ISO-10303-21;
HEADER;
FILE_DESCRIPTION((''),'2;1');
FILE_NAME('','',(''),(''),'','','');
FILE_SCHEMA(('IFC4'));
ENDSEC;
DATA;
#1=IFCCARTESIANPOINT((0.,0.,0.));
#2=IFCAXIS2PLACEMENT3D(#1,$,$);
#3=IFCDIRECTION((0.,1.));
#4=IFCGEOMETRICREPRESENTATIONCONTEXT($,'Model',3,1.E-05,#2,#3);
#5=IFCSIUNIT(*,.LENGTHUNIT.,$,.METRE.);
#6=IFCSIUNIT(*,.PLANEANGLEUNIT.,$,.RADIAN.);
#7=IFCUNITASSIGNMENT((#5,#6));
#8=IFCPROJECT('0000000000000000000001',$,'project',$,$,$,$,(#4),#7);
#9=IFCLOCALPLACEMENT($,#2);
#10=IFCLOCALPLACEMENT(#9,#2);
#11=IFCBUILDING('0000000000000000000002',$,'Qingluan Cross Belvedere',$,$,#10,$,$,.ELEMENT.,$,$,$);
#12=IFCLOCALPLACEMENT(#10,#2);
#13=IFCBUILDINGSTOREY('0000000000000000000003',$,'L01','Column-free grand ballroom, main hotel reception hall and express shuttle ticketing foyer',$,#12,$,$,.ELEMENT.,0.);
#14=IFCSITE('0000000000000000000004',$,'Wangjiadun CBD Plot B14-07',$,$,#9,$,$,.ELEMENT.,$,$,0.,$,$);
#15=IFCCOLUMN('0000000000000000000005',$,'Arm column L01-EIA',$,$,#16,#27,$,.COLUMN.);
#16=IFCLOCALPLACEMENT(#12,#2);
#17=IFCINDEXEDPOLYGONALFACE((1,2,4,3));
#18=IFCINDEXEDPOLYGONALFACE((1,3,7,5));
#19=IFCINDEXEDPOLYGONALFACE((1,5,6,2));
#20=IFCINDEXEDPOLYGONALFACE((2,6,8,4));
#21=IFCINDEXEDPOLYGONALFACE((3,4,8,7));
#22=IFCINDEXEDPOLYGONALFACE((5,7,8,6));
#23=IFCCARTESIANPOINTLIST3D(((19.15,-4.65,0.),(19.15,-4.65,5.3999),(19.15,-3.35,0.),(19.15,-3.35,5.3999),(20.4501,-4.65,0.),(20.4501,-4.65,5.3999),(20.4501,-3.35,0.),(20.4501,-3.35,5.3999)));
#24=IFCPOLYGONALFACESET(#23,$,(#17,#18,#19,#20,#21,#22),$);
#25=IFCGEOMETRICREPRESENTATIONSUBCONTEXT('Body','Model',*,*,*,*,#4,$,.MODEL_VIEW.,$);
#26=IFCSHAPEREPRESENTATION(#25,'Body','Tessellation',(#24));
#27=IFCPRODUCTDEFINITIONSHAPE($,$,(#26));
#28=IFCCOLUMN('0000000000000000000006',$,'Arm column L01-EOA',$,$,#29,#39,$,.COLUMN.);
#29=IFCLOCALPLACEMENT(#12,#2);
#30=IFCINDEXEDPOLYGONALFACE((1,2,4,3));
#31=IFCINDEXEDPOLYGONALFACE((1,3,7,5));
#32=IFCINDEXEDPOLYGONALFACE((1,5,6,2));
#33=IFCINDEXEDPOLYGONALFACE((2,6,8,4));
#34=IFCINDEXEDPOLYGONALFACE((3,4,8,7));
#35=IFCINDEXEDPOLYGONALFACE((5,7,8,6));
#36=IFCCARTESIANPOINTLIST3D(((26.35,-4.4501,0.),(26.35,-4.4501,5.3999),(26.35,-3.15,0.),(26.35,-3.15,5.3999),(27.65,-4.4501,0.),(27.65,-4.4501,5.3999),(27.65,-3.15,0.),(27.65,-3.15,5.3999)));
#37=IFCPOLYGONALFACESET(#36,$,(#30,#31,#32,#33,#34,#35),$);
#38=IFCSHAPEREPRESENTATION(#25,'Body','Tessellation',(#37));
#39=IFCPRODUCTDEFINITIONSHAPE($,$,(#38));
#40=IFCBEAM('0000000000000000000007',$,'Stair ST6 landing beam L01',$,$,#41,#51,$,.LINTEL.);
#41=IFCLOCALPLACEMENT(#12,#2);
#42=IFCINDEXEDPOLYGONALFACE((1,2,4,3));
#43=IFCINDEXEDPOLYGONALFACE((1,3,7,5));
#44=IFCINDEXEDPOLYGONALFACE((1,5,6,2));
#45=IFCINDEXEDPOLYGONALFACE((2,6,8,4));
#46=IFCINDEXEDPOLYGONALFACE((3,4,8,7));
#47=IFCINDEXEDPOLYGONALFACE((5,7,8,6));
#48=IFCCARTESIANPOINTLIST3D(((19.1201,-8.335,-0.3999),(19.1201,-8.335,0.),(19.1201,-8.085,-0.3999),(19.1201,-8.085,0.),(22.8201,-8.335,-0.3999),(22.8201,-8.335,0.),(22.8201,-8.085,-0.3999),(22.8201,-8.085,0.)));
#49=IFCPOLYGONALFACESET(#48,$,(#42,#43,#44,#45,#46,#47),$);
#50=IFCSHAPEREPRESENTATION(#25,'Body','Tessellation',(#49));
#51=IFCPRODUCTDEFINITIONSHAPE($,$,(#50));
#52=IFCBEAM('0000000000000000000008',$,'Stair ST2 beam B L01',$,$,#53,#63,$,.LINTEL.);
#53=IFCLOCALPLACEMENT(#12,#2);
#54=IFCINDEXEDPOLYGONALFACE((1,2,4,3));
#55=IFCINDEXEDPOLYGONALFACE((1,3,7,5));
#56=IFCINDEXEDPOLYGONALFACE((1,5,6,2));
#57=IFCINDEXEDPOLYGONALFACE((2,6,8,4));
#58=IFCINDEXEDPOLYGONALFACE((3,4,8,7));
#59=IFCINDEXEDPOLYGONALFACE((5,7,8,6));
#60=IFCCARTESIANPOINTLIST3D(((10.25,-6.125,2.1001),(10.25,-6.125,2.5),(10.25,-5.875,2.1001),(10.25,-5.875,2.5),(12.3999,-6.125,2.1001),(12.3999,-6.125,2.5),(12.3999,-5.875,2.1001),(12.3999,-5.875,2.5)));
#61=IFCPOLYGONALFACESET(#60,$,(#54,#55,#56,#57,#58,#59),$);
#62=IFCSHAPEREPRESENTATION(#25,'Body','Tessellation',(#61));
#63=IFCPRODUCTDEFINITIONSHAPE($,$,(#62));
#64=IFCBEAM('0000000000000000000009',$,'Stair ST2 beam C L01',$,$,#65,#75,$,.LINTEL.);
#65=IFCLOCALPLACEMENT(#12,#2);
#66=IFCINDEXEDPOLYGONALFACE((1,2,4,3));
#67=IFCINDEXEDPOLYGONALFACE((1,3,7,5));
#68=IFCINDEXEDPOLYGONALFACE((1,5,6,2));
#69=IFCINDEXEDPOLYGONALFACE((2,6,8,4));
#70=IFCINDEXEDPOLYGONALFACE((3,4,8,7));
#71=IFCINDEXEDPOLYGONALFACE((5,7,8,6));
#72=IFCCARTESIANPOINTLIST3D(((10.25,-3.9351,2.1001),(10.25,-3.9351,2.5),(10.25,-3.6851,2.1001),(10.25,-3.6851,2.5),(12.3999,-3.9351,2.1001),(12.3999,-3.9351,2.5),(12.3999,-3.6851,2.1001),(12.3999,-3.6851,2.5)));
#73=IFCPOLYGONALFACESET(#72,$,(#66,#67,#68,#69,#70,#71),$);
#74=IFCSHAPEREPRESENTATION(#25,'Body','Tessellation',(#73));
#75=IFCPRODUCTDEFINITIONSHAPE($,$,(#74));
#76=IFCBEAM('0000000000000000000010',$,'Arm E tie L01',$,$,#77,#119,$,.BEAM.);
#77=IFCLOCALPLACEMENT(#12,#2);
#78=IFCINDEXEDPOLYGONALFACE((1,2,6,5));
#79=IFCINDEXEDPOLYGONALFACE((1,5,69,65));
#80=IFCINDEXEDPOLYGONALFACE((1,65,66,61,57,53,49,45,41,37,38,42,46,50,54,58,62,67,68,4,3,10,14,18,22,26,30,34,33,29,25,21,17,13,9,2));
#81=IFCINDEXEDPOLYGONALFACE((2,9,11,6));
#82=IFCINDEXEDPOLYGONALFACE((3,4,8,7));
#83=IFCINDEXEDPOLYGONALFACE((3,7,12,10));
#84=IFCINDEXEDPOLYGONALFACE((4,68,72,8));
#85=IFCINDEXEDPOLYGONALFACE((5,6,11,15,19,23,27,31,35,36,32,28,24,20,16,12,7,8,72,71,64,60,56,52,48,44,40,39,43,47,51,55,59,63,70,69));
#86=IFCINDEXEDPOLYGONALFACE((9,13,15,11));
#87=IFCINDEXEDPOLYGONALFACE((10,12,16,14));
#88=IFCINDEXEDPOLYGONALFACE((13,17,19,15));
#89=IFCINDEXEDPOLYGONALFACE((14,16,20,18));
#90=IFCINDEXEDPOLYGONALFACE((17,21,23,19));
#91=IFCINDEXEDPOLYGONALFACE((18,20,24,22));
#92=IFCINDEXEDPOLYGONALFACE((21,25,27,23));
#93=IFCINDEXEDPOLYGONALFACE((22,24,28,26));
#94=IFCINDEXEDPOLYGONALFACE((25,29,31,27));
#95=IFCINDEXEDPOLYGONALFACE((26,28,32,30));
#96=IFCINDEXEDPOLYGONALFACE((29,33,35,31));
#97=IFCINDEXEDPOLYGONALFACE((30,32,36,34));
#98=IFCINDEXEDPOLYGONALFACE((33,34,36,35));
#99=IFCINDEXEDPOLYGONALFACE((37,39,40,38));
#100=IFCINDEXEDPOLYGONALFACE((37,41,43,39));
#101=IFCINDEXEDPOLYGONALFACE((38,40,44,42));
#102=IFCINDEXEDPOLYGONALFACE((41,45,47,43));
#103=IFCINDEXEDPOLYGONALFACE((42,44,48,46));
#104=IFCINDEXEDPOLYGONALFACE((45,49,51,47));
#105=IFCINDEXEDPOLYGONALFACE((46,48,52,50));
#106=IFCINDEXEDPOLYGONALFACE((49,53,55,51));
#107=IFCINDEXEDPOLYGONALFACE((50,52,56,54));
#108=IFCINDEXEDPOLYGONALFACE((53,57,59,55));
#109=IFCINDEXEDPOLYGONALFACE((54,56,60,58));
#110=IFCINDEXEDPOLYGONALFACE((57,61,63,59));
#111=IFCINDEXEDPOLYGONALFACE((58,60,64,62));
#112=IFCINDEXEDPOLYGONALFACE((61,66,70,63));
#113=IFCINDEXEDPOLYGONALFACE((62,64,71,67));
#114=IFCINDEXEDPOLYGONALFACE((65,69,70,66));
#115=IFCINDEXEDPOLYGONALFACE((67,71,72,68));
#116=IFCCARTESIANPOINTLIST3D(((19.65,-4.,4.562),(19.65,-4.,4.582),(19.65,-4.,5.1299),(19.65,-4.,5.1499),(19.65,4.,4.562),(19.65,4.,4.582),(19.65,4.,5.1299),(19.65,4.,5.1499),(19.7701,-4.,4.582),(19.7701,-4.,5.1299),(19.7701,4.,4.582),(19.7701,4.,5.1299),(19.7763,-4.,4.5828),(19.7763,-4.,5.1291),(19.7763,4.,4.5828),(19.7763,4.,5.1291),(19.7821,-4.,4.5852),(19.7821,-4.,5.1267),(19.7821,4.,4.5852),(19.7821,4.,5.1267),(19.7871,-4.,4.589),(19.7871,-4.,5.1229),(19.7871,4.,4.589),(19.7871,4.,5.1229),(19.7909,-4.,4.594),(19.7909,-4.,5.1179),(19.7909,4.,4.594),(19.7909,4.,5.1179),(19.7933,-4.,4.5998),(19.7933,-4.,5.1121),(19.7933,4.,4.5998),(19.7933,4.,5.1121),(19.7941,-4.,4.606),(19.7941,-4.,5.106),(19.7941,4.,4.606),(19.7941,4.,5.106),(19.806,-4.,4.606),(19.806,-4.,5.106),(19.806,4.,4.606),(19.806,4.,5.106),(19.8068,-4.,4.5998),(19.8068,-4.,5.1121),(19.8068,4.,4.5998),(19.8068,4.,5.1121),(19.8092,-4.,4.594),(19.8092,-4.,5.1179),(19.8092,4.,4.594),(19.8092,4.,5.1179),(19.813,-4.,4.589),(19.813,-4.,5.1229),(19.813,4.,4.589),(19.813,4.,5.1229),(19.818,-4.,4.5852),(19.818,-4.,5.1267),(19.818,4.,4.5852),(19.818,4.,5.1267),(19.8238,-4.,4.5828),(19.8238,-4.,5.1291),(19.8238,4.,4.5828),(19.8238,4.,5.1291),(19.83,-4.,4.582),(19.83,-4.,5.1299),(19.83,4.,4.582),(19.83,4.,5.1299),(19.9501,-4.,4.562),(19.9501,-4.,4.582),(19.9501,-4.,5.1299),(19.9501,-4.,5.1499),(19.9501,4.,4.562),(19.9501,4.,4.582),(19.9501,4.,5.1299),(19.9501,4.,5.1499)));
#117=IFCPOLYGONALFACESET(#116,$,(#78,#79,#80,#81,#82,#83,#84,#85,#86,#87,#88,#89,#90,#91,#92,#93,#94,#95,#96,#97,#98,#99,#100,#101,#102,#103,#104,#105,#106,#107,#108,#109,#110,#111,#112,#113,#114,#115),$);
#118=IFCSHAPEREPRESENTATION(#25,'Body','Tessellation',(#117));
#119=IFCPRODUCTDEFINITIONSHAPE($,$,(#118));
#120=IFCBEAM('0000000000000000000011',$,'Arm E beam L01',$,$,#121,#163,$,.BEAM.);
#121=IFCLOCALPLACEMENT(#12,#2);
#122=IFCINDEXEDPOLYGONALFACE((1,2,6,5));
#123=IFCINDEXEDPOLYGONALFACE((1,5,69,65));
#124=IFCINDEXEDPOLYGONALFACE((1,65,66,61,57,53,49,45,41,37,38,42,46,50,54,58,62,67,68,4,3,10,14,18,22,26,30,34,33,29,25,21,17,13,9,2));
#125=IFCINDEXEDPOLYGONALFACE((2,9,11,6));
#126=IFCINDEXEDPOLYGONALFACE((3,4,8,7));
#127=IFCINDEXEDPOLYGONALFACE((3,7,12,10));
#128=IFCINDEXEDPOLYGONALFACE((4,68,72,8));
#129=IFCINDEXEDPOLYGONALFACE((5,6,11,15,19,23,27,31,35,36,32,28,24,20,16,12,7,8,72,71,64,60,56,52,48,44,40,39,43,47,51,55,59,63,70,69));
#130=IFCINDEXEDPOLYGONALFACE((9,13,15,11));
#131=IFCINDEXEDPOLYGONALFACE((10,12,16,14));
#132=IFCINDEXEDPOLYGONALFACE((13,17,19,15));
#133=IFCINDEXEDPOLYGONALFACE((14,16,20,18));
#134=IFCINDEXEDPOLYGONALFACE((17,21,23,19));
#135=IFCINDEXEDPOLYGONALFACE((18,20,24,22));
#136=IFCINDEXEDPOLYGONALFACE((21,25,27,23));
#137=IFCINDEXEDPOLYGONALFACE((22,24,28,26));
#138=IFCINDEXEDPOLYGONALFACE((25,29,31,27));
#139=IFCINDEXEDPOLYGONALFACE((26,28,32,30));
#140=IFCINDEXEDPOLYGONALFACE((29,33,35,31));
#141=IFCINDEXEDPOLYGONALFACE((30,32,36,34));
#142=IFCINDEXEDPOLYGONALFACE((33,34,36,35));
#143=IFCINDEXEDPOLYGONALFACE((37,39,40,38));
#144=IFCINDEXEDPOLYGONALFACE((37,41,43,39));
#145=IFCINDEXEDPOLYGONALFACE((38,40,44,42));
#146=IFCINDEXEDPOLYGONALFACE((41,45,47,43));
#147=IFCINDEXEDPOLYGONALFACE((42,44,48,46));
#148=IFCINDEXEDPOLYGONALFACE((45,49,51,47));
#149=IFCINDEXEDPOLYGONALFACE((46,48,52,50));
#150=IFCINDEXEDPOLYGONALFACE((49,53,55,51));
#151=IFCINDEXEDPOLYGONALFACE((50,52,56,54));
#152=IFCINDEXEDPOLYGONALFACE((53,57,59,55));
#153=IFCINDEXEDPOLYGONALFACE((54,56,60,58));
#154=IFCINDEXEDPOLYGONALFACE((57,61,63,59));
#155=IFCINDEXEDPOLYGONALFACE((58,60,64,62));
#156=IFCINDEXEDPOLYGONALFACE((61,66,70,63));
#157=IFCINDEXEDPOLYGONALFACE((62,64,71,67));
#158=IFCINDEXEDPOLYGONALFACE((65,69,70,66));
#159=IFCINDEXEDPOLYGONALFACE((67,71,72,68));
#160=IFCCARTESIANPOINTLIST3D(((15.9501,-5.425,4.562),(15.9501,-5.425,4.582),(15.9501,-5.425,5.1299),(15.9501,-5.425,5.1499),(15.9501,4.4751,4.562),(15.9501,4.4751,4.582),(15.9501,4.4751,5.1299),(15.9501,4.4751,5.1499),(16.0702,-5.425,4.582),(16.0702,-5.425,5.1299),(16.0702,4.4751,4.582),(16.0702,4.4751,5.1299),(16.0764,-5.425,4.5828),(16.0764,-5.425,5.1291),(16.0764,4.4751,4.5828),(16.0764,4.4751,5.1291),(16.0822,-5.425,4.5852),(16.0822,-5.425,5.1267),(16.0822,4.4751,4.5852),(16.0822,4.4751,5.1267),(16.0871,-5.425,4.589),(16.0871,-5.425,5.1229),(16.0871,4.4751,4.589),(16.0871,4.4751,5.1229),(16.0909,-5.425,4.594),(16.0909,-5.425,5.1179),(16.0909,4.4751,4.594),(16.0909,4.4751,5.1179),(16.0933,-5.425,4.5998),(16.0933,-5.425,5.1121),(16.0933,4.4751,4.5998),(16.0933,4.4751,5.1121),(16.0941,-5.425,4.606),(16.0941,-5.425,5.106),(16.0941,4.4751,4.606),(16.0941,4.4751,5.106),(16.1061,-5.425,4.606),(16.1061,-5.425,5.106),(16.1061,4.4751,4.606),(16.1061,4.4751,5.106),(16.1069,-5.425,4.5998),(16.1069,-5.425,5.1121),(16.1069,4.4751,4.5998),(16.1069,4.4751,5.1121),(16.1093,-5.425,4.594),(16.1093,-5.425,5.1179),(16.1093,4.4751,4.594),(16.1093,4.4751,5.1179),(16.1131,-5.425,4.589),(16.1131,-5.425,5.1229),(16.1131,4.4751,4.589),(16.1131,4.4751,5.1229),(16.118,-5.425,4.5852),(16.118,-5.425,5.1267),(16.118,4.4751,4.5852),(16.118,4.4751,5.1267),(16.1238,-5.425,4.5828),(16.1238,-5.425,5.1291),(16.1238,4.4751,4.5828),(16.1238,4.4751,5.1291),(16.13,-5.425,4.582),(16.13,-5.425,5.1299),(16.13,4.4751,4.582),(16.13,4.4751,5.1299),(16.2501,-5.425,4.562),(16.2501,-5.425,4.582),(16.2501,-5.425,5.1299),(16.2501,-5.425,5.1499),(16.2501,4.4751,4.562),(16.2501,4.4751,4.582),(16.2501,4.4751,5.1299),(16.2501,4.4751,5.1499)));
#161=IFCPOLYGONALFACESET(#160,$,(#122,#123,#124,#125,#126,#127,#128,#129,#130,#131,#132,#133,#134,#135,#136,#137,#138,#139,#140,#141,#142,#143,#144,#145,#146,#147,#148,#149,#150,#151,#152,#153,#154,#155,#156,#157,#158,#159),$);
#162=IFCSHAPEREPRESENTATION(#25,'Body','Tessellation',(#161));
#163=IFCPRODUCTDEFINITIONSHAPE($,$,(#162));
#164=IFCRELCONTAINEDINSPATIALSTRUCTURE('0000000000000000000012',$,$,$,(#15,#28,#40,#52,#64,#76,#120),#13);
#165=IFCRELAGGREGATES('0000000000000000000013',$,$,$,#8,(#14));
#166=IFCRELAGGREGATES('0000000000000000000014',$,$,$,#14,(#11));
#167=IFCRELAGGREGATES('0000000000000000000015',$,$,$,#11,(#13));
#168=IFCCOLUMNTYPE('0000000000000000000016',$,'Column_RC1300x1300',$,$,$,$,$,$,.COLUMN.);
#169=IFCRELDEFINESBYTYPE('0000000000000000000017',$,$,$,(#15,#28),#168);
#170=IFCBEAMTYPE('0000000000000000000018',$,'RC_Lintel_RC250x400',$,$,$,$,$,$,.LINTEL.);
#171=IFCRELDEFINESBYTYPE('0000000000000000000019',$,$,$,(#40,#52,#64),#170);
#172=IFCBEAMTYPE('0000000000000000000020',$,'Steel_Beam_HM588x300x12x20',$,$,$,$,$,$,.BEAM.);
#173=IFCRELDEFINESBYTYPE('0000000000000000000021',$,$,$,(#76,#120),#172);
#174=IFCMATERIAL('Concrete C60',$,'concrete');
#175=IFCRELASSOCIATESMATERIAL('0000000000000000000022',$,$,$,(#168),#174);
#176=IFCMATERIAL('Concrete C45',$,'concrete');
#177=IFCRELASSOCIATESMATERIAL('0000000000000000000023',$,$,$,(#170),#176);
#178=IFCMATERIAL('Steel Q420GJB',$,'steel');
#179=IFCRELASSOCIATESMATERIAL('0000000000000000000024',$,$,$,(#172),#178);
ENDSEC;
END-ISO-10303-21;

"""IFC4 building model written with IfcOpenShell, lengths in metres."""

from ifc_helpers import new_model, si_unit, direction, frame, origin, origin_2d, place, context, subcontext, project, spatial, rectangle, i_section, extrude, material, material_profile, profile_set, type_object, element, save


model = new_model("IFC4")

# Units and contexts
model_context = context("Model", 3, precision=1e-05, world=origin(), true_north=direction((0.0, 1.0)))
body_context = subcontext(model_context, "Body", "Model", "MODEL_VIEW")
ifc_project = project(units=[si_unit("LENGTHUNIT", "METRE"), si_unit("PLANEANGLEUNIT", "RADIAN")], contexts=[model_context])

# Site, building, storey
site_placement = place(None, origin())
site = spatial("IfcSite", under=ifc_project, at=site_placement, Name="Wangjiadun CBD Plot B14-07", CompositionType="ELEMENT", RefElevation=0.0)
building_placement = place(site_placement, origin())
building = spatial("IfcBuilding", under=site, at=building_placement, Name="Qingluan Cross Belvedere", CompositionType="ELEMENT")
storey_placement = place(building_placement, origin())
storey = spatial("IfcBuildingStorey", under=building, at=storey_placement, Name="L01", Description="Column-free grand ballroom, main hotel reception hall and express shuttle ticketing foyer", CompositionType="ELEMENT", Elevation=0.0)

# Columns
ifc_material_1 = material(Name="Concrete C60", Category="concrete")
ifc_material_profile_1 = material_profile(ifc_material_1, rectangle(XDim=1.3, YDim=1.3, at=origin_2d()), Name="RC1300x1300")
ifc_profile_set_1 = profile_set([ifc_material_profile_1], Name="Concrete C60")
column_type = type_object("IfcColumnType", Name="Column_RC1300x1300", PredefinedType="COLUMN", material=ifc_profile_set_1)
for number, where, z_axis, x_axis, name in (
    (1, (19.8, -4.0, 0.0), (0.0, 0.0, 1.0), (1.0, 0.0, 0.0), "Arm column L01-EIA"),
    (2, (27.0, -3.8, 0.0), (0.0, 0.0, 1.0), (1.0, 0.0, 0.0), "Arm column L01-EOA"),
):
    element("IfcColumn", number, at=place(storey_placement, frame(where, z_axis=z_axis, x_axis=x_axis)), inside=storey, type_object=column_type, Name=name, PredefinedType="COLUMN", context=body_context, shape_type="SweptSolid", body=[
        extrude(rectangle(XDim=1.3, YDim=1.3, at=origin_2d()), origin(), (0.0, 0.0, 1.0), 5.3999),
    ])

# Beams
ifc_material_2 = material(Name="Concrete C45", Category="concrete")
ifc_material_profile_2 = material_profile(ifc_material_2, rectangle(XDim=0.25, YDim=0.3999, at=origin_2d()), Name="RC250x400")
ifc_profile_set_2 = profile_set([ifc_material_profile_2], Name="Concrete C45")
beam_type_1 = type_object("IfcBeamType", Name="RC_Lintel_RC250x400", PredefinedType="LINTEL", material=ifc_profile_set_2)
beam_1_placement = place(storey_placement, frame((19.1201, -8.21, -0.2), z_axis=(1.0, 0.0, 0.0), x_axis=(0.0, 1.0, 0.0)))
element("IfcBeam", 3, at=beam_1_placement, inside=storey, type_object=beam_type_1, Name="Stair ST6 landing beam L01", PredefinedType="LINTEL", context=body_context, shape_type="SweptSolid", body=[
    extrude(rectangle(XDim=0.25, YDim=0.3999, at=origin_2d()), origin(), (0.0, 0.0, 1.0), 3.7),
])
for number, where, z_axis, x_axis, name in (
    (4, (12.3999, -6.0, 2.3), (-1.0, 0.0, 0.0), (0.0, -1.0, 0.0), "Stair ST2 beam B L01"),
    (5, (12.3999, -3.8101, 2.3), (-1.0, 0.0, 0.0), (0.0, -1.0, 0.0), "Stair ST2 beam C L01"),
):
    element("IfcBeam", number, at=place(storey_placement, frame(where, z_axis=z_axis, x_axis=x_axis)), inside=storey, type_object=beam_type_1, Name=name, PredefinedType="LINTEL", context=body_context, shape_type="SweptSolid", body=[
        extrude(rectangle(XDim=0.25, YDim=0.3999, at=origin_2d()), origin(), (0.0, 0.0, 1.0), 2.1499),
    ])
ifc_material_3 = material(Name="Steel Q420GJB", Category="steel")
ifc_material_profile_3 = material_profile(ifc_material_3, i_section(OverallWidth=0.3, OverallDepth=0.5879, WebThickness=0.012, FlangeThickness=0.02, FilletRadius=0.0239, at=origin_2d()), Name="HM588x300x12x20")
ifc_profile_set_3 = profile_set([ifc_material_profile_3], Name="Steel Q420GJB")
beam_type_2 = type_object("IfcBeamType", Name="Steel_Beam_HM588x300x12x20", PredefinedType="BEAM", material=ifc_profile_set_3)
beam_2_placement = place(storey_placement, frame((19.8, -4.0, 4.856), z_axis=(0.0, 1.0, 0.0), x_axis=(-1.0, 0.0, 0.0)))
element("IfcBeam", 6, at=beam_2_placement, inside=storey, type_object=beam_type_2, Name="Arm E tie L01", PredefinedType="BEAM", context=body_context, shape_type="SweptSolid", body=[
    extrude(i_section(OverallWidth=0.3, OverallDepth=0.5879, WebThickness=0.012, FlangeThickness=0.02, FilletRadius=0.0239, at=origin_2d()), origin(), (0.0, 0.0, 1.0), 8.0),
])
beam_3_placement = place(storey_placement, frame((16.1001, -5.425, 4.856), z_axis=(0.0, 1.0, 0.0), x_axis=(-1.0, 0.0, 0.0)))
element("IfcBeam", 7, at=beam_3_placement, inside=storey, type_object=beam_type_2, Name="Arm E beam L01", PredefinedType="BEAM", context=body_context, shape_type="SweptSolid", body=[
    extrude(i_section(OverallWidth=0.3, OverallDepth=0.5879, WebThickness=0.012, FlangeThickness=0.02, FilletRadius=0.0239, at=origin_2d()), origin(), (0.0, 0.0, 1.0), 9.9001),
])

save(model, "model.ifc")
